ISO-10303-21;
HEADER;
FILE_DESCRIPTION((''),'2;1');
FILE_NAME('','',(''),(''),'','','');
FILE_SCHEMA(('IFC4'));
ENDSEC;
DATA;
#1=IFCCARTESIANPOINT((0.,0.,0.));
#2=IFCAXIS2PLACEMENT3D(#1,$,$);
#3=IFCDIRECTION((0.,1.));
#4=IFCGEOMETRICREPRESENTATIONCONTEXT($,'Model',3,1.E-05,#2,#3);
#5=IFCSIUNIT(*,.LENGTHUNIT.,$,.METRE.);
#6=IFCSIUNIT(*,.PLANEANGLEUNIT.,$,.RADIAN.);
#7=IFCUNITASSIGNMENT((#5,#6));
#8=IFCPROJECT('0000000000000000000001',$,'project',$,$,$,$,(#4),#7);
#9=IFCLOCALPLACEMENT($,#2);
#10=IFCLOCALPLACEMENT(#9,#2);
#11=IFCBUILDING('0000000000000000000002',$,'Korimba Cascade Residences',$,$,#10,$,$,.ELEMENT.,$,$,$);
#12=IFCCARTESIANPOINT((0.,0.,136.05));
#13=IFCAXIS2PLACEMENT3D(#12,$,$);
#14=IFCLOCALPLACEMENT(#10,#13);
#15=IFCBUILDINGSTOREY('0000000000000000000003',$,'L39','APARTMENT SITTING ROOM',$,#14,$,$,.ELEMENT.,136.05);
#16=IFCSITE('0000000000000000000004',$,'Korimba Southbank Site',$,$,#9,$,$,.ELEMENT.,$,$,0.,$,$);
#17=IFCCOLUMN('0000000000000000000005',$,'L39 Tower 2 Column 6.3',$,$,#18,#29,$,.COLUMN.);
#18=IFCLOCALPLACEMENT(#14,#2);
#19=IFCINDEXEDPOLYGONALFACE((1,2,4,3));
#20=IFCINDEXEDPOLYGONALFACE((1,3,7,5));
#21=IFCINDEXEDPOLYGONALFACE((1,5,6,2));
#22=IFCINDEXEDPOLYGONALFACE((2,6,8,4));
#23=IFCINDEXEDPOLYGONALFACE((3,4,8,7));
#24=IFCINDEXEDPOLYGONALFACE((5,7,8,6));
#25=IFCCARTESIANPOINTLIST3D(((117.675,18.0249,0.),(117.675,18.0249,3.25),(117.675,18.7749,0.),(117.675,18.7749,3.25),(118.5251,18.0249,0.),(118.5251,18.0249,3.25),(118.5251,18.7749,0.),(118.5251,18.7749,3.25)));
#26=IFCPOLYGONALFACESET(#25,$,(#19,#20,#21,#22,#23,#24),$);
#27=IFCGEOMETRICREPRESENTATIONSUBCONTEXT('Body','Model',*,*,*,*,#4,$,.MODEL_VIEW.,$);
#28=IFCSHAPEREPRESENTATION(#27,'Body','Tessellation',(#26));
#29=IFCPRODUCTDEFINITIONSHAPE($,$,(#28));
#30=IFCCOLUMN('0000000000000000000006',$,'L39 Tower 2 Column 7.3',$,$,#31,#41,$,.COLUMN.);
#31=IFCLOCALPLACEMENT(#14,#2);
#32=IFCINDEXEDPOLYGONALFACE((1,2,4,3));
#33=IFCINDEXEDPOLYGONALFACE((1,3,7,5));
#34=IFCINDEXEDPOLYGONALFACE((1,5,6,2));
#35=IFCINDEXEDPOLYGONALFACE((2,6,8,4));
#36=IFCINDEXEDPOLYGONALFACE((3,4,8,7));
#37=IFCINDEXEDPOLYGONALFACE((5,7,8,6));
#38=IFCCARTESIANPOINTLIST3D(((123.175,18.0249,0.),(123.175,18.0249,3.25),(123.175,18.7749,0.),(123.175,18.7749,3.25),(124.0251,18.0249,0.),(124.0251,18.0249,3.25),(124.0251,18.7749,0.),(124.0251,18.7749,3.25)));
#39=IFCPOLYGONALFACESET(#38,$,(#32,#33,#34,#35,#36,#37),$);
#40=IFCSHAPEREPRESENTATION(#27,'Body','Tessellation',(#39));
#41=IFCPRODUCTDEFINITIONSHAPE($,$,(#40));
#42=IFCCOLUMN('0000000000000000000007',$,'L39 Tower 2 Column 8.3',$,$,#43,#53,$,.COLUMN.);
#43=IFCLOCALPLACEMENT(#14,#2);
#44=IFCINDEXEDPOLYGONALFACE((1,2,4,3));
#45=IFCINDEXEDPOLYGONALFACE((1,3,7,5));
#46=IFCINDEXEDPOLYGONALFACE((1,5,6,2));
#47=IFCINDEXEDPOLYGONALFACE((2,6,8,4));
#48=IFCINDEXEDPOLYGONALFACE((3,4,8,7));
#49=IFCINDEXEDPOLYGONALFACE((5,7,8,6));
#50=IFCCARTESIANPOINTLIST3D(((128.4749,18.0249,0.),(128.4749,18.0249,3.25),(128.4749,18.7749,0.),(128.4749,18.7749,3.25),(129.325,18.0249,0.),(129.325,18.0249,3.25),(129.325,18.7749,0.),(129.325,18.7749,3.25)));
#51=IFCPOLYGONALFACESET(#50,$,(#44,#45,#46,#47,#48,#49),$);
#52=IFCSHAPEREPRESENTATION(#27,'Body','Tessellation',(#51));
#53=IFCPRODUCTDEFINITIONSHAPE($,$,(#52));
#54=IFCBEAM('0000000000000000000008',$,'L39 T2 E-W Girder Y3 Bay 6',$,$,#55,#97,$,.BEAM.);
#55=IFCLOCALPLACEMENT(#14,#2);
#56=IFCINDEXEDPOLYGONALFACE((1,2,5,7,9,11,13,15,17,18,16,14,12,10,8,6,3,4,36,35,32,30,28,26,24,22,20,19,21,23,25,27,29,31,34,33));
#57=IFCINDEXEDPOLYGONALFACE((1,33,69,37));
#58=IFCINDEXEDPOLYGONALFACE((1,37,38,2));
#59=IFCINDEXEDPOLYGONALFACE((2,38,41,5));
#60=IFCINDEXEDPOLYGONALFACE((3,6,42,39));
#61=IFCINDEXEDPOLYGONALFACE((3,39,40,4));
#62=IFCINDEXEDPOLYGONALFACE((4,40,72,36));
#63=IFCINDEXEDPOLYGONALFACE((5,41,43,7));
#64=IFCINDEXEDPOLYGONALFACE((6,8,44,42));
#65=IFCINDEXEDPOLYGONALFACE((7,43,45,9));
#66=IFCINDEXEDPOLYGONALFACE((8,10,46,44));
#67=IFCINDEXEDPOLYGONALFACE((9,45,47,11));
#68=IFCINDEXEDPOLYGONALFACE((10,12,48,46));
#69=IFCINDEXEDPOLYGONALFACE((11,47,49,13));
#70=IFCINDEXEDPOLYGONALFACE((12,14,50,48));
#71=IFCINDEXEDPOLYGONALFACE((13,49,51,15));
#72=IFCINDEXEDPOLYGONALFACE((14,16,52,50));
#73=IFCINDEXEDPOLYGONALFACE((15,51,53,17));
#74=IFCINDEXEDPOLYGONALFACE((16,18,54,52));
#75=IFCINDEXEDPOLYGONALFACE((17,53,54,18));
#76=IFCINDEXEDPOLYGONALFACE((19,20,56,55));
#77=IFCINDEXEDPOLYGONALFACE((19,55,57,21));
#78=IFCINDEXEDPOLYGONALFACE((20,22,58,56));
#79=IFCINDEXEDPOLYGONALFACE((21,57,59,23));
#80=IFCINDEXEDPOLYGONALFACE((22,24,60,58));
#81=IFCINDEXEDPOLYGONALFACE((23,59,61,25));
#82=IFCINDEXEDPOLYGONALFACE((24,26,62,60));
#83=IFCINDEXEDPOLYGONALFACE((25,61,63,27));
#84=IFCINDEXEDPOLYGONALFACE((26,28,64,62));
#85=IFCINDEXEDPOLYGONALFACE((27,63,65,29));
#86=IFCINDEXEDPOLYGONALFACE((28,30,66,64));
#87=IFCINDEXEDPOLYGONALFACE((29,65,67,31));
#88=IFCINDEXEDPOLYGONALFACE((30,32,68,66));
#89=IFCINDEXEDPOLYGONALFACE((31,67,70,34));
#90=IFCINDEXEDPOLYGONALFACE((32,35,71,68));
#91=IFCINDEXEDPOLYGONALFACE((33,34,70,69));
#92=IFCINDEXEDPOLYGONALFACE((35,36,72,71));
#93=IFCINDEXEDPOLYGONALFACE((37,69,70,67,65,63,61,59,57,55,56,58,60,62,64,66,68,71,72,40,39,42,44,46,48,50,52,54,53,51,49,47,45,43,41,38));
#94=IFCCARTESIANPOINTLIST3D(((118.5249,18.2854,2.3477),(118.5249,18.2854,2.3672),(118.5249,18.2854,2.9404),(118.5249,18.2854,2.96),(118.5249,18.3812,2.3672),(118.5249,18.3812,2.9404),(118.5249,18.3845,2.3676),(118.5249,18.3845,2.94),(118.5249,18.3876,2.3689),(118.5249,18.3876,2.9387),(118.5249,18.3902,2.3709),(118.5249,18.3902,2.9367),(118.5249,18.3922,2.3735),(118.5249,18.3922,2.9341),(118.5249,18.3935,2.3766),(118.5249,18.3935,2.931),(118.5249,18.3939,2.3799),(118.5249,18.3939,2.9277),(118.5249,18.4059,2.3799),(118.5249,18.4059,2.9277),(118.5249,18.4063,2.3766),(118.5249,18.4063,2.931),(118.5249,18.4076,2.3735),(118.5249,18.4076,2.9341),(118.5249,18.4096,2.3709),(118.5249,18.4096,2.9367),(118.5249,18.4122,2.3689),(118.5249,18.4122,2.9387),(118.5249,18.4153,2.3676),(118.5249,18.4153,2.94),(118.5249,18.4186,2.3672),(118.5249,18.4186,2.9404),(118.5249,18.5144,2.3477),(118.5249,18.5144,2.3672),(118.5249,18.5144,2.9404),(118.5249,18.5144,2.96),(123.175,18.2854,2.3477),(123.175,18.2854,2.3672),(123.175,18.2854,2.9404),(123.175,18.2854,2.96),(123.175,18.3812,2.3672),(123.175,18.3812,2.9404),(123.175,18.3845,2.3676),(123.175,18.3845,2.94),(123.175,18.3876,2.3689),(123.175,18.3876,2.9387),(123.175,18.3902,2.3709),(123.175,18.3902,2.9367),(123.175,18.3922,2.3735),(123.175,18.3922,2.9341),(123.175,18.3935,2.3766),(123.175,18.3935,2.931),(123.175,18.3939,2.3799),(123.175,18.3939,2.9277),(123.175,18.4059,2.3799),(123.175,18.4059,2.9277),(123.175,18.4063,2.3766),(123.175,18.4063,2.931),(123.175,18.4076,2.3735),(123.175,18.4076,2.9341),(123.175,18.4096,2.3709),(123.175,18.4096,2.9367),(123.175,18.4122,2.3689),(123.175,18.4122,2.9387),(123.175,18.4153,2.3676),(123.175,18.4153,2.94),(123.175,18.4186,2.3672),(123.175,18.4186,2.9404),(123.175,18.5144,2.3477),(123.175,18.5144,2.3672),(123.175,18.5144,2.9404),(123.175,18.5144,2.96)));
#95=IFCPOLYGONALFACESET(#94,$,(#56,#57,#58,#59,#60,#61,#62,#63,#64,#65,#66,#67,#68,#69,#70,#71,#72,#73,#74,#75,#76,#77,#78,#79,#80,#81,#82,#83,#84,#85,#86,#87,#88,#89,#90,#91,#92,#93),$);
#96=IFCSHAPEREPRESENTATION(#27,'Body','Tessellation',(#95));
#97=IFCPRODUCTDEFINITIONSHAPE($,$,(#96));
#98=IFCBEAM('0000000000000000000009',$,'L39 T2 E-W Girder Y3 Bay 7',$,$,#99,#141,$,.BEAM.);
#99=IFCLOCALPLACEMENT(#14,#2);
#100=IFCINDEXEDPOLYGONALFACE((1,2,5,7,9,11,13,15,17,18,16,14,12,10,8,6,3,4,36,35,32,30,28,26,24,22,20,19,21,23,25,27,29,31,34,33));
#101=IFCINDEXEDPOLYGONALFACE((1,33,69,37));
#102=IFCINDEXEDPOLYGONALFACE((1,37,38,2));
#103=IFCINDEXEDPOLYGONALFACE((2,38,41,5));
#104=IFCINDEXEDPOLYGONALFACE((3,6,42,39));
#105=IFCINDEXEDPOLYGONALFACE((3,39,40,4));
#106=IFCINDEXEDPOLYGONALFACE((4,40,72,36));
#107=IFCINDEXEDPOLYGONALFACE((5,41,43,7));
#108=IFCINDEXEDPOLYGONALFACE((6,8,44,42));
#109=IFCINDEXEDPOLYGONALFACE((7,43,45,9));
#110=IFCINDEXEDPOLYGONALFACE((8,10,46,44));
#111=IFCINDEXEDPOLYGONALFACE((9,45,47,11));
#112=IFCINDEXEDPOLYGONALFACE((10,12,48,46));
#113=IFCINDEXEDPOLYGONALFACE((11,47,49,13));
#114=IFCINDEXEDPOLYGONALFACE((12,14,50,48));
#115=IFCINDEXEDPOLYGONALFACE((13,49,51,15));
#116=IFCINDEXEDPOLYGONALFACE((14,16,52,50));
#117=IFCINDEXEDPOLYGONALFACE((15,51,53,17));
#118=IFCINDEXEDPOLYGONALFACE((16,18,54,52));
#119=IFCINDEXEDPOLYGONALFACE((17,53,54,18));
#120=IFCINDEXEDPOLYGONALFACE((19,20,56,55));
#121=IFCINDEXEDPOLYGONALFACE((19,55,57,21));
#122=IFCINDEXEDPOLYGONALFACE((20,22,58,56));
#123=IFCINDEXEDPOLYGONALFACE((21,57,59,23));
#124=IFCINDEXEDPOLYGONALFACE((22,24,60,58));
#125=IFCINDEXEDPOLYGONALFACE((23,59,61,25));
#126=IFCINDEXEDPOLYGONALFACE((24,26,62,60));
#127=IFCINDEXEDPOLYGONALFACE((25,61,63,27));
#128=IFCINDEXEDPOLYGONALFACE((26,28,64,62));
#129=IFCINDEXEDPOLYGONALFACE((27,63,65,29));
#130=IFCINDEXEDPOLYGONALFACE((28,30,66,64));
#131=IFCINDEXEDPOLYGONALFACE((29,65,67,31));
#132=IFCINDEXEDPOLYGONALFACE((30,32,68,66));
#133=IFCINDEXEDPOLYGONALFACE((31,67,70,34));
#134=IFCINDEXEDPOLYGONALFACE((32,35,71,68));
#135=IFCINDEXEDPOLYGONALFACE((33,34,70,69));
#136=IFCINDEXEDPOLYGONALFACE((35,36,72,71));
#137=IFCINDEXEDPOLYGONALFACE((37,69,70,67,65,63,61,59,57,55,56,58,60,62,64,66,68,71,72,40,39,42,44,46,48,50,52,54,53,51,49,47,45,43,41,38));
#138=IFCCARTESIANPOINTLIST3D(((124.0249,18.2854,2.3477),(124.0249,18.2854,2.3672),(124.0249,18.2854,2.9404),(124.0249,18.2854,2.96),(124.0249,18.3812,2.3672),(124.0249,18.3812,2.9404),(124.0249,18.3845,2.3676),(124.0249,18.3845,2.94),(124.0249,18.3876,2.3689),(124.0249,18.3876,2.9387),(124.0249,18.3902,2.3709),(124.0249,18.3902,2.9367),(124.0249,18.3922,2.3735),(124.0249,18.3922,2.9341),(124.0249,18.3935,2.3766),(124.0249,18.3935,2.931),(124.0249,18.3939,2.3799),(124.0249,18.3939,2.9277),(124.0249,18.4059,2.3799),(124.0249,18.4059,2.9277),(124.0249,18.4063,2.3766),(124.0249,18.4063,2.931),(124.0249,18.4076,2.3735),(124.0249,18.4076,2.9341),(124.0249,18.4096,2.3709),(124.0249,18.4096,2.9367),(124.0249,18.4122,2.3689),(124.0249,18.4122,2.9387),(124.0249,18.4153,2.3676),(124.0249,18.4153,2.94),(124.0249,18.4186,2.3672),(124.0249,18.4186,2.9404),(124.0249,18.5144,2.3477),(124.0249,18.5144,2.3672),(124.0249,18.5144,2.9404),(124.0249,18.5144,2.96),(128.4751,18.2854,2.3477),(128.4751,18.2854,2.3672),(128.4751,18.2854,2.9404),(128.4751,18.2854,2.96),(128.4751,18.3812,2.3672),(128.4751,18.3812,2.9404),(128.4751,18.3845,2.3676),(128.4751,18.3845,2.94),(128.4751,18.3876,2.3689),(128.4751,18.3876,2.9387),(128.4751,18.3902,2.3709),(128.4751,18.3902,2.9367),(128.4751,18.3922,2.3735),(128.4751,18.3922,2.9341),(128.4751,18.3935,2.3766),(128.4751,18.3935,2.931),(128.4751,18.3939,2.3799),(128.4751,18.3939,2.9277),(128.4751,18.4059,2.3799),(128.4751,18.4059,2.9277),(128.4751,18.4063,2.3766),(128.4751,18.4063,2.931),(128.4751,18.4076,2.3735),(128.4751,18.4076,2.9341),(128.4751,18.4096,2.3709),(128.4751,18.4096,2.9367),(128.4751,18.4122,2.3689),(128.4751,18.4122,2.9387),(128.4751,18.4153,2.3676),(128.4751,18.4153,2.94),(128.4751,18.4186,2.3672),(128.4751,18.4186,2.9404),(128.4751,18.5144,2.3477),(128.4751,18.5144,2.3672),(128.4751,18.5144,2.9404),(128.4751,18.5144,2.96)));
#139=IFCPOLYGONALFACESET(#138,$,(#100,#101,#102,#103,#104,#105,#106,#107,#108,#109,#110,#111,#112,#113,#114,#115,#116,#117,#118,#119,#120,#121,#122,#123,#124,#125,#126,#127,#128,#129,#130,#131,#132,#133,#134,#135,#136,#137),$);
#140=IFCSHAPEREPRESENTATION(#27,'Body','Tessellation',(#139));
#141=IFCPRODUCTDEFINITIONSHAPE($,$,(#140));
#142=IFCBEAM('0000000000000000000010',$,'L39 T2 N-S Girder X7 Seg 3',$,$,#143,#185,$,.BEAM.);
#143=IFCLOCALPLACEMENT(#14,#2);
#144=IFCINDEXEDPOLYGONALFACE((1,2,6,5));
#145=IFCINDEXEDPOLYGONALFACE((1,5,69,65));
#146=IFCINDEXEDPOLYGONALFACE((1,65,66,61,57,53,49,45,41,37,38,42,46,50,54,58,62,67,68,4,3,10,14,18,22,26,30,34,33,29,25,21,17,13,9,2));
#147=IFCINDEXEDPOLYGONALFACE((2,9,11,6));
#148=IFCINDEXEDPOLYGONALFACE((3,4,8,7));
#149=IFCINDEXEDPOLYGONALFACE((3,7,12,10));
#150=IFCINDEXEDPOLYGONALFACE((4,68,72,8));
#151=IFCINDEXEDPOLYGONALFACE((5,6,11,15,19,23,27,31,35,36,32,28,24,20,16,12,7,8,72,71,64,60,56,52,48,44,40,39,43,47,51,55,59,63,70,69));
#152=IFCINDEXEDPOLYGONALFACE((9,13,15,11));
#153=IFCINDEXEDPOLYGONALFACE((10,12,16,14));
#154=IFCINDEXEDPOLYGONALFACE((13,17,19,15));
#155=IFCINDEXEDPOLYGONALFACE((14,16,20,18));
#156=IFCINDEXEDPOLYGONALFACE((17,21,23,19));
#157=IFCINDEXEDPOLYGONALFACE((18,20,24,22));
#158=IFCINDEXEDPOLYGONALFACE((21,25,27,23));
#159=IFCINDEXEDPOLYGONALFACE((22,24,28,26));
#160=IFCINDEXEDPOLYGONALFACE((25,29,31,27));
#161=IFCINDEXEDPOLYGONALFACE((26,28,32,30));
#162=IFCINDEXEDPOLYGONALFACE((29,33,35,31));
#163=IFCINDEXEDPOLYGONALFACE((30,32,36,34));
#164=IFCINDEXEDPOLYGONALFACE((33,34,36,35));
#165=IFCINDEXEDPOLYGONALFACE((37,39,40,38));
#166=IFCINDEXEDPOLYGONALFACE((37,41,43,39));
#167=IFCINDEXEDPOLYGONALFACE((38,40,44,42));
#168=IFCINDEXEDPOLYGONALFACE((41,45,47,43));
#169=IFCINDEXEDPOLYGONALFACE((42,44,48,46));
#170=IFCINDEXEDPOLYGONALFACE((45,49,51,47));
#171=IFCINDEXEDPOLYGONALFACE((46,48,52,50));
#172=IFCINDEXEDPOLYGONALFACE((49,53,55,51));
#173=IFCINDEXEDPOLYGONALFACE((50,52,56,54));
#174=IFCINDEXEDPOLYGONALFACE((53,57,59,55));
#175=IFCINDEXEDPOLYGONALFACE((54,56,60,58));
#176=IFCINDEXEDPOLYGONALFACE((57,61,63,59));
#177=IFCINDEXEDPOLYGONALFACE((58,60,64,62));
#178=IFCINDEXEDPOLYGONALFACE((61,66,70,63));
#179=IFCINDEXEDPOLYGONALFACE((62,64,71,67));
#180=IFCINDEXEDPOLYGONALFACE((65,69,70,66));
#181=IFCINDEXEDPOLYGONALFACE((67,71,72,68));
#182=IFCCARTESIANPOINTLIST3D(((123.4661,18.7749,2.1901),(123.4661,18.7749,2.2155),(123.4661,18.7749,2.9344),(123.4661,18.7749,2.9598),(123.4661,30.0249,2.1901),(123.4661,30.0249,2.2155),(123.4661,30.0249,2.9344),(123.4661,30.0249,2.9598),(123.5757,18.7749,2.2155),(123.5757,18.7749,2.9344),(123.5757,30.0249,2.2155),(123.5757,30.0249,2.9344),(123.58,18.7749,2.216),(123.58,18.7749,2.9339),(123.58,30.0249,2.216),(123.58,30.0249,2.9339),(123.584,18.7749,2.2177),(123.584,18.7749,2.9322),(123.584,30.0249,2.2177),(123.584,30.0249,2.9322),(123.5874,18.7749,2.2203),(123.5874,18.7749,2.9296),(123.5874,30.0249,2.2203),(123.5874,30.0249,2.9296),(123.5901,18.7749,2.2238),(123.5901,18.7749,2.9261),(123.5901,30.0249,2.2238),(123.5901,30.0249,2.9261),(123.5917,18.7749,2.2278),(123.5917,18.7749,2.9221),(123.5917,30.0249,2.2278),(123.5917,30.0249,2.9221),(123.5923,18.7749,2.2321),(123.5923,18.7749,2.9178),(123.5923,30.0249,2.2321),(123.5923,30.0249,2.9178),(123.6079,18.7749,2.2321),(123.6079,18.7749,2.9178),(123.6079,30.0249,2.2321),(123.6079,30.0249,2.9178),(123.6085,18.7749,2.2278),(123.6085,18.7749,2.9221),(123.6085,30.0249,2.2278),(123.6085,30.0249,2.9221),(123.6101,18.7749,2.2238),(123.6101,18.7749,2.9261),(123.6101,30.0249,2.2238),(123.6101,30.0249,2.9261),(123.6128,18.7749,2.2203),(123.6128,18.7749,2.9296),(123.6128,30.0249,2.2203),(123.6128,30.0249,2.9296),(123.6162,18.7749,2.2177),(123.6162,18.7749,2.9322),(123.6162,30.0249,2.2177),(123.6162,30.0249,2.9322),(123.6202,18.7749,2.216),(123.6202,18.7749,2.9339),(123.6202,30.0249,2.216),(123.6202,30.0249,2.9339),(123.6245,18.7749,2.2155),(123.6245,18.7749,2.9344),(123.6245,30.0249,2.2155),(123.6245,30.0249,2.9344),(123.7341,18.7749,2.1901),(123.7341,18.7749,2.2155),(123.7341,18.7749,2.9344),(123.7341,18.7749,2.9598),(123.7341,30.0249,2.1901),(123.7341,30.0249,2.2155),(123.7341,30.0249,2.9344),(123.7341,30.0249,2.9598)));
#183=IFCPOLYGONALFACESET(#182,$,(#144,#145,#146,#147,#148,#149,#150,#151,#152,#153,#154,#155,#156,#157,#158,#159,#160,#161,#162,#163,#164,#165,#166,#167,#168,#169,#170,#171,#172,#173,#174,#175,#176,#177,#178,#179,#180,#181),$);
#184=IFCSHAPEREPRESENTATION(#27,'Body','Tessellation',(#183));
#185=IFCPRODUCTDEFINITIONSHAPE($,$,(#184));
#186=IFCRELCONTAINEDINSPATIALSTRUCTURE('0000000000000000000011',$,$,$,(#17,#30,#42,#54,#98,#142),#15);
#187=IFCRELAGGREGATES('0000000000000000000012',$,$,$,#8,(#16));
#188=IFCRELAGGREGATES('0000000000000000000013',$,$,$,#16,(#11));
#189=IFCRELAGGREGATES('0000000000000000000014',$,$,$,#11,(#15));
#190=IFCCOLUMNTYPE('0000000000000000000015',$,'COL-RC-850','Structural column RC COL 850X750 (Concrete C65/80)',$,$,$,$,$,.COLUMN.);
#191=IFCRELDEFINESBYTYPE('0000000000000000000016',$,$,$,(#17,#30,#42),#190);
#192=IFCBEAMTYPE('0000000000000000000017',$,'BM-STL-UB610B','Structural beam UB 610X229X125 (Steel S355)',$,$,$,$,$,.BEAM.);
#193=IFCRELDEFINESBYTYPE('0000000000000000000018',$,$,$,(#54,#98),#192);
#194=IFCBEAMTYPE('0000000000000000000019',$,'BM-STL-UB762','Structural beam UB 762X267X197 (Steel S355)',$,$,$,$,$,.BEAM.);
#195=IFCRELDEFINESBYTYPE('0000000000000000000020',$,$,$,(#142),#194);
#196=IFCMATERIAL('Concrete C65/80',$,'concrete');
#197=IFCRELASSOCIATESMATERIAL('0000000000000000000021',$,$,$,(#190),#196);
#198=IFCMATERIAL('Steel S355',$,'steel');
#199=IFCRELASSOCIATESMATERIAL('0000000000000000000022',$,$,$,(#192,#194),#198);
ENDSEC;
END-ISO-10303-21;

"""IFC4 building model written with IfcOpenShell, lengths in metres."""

from ifc_helpers import new_model, si_unit, direction, frame, origin, origin_2d, place, context, subcontext, project, spatial, rectangle, i_section, extrude, material, material_profile, profile_set, type_object, element, save


model = new_model("IFC4")

# Units and contexts
model_context = context("Model", 3, precision=1e-05, world=origin(), true_north=direction((0.0, 1.0)))
body_context = subcontext(model_context, "Body", "Model", "MODEL_VIEW")
ifc_project = project(units=[si_unit("LENGTHUNIT", "METRE"), si_unit("PLANEANGLEUNIT", "RADIAN")], contexts=[model_context])

# Site, building, storey
site_placement = place(None, origin())
site = spatial("IfcSite", under=ifc_project, at=site_placement, Name="Korimba Southbank Site", CompositionType="ELEMENT", RefElevation=0.0)
building_placement = place(site_placement, origin())
building = spatial("IfcBuilding", under=site, at=building_placement, Name="Korimba Cascade Residences", CompositionType="ELEMENT")
storey_placement = place(building_placement, frame((0.0, 0.0, 136.05)))
storey = spatial("IfcBuildingStorey", under=building, at=storey_placement, Name="L39", Description="APARTMENT SITTING ROOM", CompositionType="ELEMENT", Elevation=136.05)

# Columns
ifc_material_1 = material(Name="Concrete C65/80", Category="concrete")
ifc_material_profile_1 = material_profile(ifc_material_1, rectangle(XDim=0.8501, YDim=0.75, at=origin_2d()), Name="Concrete C65/80")
ifc_profile_set_1 = profile_set([ifc_material_profile_1], Name="Concrete C65/80")
column_type = type_object("IfcColumnType", Name="COL-RC-850", Description="Structural column RC COL 850X750 (Concrete C65/80)", PredefinedType="COLUMN", material=ifc_profile_set_1)
for number, where, z_axis, x_axis, name in (
    (1, (118.1001, 18.3999, 0.0), (0.0, 0.0, 1.0), (1.0, 0.0, 0.0), "L39 Tower 2 Column 6.3"),
    (2, (123.6001, 18.3999, 0.0), (0.0, 0.0, 1.0), (1.0, 0.0, 0.0), "L39 Tower 2 Column 7.3"),
    (3, (128.8999, 18.3999, 0.0), (0.0, 0.0, 1.0), (1.0, 0.0, 0.0), "L39 Tower 2 Column 8.3"),
):
    element("IfcColumn", number, at=place(storey_placement, frame(where, z_axis=z_axis, x_axis=x_axis)), inside=storey, type_object=column_type, Name=name, PredefinedType="COLUMN", context=body_context, shape_type="SweptSolid", body=[
        extrude(rectangle(XDim=0.8501, YDim=0.75, at=origin_2d()), origin(), (0.0, 0.0, 1.0), 3.25),
    ])

# Beams
ifc_material_2 = material(Name="Steel S355", Category="steel")
ifc_material_profile_2 = material_profile(ifc_material_2, i_section(OverallWidth=0.229, OverallDepth=0.6123, WebThickness=0.012, FlangeThickness=0.0195, FilletRadius=0.0127, at=origin_2d()), Name="Steel S355")
ifc_profile_set_2 = profile_set([ifc_material_profile_2], Name="Steel S355")
beam_type_1 = type_object("IfcBeamType", Name="BM-STL-UB610B", Description="Structural beam UB 610X229X125 (Steel S355)", PredefinedType="BEAM", material=ifc_profile_set_2)
beam_1_placement = place(storey_placement, frame((118.5249, 18.3999, 2.6538), z_axis=(1.0, 0.0, 0.0), x_axis=(0.0, 1.0, 0.0)))
element("IfcBeam", 4, at=beam_1_placement, inside=storey, type_object=beam_type_1, Name="L39 T2 E-W Girder Y3 Bay 6", PredefinedType="BEAM", context=body_context, shape_type="SweptSolid", body=[
    extrude(i_section(OverallWidth=0.229, OverallDepth=0.6123, WebThickness=0.012, FlangeThickness=0.0195, FilletRadius=0.0127, at=origin_2d()), origin(), (0.0, 0.0, 1.0), 4.6501),
])
beam_2_placement = place(storey_placement, frame((124.0249, 18.3999, 2.6538), z_axis=(1.0, 0.0, 0.0), x_axis=(0.0, 1.0, 0.0)))
element("IfcBeam", 5, at=beam_2_placement, inside=storey, type_object=beam_type_1, Name="L39 T2 E-W Girder Y3 Bay 7", PredefinedType="BEAM", context=body_context, shape_type="SweptSolid", body=[
    extrude(i_section(OverallWidth=0.229, OverallDepth=0.6123, WebThickness=0.012, FlangeThickness=0.0195, FilletRadius=0.0127, at=origin_2d()), origin(), (0.0, 0.0, 1.0), 4.4502),
])
ifc_material_profile_3 = material_profile(ifc_material_2, i_section(OverallWidth=0.2681, OverallDepth=0.7698, WebThickness=0.0156, FlangeThickness=0.0254, FilletRadius=0.0166, at=origin_2d()), Name="Steel S355")
ifc_profile_set_3 = profile_set([ifc_material_profile_3], Name="Steel S355")
beam_type_2 = type_object("IfcBeamType", Name="BM-STL-UB762", Description="Structural beam UB 762X267X197 (Steel S355)", PredefinedType="BEAM", material=ifc_profile_set_3)
beam_3_placement = place(storey_placement, frame((123.6001, 18.7749, 2.575), z_axis=(0.0, 1.0, 0.0), x_axis=(-1.0, 0.0, 0.0)))
element("IfcBeam", 6, at=beam_3_placement, inside=storey, type_object=beam_type_2, Name="L39 T2 N-S Girder X7 Seg 3", PredefinedType="BEAM", context=body_context, shape_type="SweptSolid", body=[
    extrude(i_section(OverallWidth=0.2681, OverallDepth=0.7698, WebThickness=0.0156, FlangeThickness=0.0254, FilletRadius=0.0166, at=origin_2d()), origin(), (0.0, 0.0, 1.0), 11.25),
])

save(model, "model.ifc")
